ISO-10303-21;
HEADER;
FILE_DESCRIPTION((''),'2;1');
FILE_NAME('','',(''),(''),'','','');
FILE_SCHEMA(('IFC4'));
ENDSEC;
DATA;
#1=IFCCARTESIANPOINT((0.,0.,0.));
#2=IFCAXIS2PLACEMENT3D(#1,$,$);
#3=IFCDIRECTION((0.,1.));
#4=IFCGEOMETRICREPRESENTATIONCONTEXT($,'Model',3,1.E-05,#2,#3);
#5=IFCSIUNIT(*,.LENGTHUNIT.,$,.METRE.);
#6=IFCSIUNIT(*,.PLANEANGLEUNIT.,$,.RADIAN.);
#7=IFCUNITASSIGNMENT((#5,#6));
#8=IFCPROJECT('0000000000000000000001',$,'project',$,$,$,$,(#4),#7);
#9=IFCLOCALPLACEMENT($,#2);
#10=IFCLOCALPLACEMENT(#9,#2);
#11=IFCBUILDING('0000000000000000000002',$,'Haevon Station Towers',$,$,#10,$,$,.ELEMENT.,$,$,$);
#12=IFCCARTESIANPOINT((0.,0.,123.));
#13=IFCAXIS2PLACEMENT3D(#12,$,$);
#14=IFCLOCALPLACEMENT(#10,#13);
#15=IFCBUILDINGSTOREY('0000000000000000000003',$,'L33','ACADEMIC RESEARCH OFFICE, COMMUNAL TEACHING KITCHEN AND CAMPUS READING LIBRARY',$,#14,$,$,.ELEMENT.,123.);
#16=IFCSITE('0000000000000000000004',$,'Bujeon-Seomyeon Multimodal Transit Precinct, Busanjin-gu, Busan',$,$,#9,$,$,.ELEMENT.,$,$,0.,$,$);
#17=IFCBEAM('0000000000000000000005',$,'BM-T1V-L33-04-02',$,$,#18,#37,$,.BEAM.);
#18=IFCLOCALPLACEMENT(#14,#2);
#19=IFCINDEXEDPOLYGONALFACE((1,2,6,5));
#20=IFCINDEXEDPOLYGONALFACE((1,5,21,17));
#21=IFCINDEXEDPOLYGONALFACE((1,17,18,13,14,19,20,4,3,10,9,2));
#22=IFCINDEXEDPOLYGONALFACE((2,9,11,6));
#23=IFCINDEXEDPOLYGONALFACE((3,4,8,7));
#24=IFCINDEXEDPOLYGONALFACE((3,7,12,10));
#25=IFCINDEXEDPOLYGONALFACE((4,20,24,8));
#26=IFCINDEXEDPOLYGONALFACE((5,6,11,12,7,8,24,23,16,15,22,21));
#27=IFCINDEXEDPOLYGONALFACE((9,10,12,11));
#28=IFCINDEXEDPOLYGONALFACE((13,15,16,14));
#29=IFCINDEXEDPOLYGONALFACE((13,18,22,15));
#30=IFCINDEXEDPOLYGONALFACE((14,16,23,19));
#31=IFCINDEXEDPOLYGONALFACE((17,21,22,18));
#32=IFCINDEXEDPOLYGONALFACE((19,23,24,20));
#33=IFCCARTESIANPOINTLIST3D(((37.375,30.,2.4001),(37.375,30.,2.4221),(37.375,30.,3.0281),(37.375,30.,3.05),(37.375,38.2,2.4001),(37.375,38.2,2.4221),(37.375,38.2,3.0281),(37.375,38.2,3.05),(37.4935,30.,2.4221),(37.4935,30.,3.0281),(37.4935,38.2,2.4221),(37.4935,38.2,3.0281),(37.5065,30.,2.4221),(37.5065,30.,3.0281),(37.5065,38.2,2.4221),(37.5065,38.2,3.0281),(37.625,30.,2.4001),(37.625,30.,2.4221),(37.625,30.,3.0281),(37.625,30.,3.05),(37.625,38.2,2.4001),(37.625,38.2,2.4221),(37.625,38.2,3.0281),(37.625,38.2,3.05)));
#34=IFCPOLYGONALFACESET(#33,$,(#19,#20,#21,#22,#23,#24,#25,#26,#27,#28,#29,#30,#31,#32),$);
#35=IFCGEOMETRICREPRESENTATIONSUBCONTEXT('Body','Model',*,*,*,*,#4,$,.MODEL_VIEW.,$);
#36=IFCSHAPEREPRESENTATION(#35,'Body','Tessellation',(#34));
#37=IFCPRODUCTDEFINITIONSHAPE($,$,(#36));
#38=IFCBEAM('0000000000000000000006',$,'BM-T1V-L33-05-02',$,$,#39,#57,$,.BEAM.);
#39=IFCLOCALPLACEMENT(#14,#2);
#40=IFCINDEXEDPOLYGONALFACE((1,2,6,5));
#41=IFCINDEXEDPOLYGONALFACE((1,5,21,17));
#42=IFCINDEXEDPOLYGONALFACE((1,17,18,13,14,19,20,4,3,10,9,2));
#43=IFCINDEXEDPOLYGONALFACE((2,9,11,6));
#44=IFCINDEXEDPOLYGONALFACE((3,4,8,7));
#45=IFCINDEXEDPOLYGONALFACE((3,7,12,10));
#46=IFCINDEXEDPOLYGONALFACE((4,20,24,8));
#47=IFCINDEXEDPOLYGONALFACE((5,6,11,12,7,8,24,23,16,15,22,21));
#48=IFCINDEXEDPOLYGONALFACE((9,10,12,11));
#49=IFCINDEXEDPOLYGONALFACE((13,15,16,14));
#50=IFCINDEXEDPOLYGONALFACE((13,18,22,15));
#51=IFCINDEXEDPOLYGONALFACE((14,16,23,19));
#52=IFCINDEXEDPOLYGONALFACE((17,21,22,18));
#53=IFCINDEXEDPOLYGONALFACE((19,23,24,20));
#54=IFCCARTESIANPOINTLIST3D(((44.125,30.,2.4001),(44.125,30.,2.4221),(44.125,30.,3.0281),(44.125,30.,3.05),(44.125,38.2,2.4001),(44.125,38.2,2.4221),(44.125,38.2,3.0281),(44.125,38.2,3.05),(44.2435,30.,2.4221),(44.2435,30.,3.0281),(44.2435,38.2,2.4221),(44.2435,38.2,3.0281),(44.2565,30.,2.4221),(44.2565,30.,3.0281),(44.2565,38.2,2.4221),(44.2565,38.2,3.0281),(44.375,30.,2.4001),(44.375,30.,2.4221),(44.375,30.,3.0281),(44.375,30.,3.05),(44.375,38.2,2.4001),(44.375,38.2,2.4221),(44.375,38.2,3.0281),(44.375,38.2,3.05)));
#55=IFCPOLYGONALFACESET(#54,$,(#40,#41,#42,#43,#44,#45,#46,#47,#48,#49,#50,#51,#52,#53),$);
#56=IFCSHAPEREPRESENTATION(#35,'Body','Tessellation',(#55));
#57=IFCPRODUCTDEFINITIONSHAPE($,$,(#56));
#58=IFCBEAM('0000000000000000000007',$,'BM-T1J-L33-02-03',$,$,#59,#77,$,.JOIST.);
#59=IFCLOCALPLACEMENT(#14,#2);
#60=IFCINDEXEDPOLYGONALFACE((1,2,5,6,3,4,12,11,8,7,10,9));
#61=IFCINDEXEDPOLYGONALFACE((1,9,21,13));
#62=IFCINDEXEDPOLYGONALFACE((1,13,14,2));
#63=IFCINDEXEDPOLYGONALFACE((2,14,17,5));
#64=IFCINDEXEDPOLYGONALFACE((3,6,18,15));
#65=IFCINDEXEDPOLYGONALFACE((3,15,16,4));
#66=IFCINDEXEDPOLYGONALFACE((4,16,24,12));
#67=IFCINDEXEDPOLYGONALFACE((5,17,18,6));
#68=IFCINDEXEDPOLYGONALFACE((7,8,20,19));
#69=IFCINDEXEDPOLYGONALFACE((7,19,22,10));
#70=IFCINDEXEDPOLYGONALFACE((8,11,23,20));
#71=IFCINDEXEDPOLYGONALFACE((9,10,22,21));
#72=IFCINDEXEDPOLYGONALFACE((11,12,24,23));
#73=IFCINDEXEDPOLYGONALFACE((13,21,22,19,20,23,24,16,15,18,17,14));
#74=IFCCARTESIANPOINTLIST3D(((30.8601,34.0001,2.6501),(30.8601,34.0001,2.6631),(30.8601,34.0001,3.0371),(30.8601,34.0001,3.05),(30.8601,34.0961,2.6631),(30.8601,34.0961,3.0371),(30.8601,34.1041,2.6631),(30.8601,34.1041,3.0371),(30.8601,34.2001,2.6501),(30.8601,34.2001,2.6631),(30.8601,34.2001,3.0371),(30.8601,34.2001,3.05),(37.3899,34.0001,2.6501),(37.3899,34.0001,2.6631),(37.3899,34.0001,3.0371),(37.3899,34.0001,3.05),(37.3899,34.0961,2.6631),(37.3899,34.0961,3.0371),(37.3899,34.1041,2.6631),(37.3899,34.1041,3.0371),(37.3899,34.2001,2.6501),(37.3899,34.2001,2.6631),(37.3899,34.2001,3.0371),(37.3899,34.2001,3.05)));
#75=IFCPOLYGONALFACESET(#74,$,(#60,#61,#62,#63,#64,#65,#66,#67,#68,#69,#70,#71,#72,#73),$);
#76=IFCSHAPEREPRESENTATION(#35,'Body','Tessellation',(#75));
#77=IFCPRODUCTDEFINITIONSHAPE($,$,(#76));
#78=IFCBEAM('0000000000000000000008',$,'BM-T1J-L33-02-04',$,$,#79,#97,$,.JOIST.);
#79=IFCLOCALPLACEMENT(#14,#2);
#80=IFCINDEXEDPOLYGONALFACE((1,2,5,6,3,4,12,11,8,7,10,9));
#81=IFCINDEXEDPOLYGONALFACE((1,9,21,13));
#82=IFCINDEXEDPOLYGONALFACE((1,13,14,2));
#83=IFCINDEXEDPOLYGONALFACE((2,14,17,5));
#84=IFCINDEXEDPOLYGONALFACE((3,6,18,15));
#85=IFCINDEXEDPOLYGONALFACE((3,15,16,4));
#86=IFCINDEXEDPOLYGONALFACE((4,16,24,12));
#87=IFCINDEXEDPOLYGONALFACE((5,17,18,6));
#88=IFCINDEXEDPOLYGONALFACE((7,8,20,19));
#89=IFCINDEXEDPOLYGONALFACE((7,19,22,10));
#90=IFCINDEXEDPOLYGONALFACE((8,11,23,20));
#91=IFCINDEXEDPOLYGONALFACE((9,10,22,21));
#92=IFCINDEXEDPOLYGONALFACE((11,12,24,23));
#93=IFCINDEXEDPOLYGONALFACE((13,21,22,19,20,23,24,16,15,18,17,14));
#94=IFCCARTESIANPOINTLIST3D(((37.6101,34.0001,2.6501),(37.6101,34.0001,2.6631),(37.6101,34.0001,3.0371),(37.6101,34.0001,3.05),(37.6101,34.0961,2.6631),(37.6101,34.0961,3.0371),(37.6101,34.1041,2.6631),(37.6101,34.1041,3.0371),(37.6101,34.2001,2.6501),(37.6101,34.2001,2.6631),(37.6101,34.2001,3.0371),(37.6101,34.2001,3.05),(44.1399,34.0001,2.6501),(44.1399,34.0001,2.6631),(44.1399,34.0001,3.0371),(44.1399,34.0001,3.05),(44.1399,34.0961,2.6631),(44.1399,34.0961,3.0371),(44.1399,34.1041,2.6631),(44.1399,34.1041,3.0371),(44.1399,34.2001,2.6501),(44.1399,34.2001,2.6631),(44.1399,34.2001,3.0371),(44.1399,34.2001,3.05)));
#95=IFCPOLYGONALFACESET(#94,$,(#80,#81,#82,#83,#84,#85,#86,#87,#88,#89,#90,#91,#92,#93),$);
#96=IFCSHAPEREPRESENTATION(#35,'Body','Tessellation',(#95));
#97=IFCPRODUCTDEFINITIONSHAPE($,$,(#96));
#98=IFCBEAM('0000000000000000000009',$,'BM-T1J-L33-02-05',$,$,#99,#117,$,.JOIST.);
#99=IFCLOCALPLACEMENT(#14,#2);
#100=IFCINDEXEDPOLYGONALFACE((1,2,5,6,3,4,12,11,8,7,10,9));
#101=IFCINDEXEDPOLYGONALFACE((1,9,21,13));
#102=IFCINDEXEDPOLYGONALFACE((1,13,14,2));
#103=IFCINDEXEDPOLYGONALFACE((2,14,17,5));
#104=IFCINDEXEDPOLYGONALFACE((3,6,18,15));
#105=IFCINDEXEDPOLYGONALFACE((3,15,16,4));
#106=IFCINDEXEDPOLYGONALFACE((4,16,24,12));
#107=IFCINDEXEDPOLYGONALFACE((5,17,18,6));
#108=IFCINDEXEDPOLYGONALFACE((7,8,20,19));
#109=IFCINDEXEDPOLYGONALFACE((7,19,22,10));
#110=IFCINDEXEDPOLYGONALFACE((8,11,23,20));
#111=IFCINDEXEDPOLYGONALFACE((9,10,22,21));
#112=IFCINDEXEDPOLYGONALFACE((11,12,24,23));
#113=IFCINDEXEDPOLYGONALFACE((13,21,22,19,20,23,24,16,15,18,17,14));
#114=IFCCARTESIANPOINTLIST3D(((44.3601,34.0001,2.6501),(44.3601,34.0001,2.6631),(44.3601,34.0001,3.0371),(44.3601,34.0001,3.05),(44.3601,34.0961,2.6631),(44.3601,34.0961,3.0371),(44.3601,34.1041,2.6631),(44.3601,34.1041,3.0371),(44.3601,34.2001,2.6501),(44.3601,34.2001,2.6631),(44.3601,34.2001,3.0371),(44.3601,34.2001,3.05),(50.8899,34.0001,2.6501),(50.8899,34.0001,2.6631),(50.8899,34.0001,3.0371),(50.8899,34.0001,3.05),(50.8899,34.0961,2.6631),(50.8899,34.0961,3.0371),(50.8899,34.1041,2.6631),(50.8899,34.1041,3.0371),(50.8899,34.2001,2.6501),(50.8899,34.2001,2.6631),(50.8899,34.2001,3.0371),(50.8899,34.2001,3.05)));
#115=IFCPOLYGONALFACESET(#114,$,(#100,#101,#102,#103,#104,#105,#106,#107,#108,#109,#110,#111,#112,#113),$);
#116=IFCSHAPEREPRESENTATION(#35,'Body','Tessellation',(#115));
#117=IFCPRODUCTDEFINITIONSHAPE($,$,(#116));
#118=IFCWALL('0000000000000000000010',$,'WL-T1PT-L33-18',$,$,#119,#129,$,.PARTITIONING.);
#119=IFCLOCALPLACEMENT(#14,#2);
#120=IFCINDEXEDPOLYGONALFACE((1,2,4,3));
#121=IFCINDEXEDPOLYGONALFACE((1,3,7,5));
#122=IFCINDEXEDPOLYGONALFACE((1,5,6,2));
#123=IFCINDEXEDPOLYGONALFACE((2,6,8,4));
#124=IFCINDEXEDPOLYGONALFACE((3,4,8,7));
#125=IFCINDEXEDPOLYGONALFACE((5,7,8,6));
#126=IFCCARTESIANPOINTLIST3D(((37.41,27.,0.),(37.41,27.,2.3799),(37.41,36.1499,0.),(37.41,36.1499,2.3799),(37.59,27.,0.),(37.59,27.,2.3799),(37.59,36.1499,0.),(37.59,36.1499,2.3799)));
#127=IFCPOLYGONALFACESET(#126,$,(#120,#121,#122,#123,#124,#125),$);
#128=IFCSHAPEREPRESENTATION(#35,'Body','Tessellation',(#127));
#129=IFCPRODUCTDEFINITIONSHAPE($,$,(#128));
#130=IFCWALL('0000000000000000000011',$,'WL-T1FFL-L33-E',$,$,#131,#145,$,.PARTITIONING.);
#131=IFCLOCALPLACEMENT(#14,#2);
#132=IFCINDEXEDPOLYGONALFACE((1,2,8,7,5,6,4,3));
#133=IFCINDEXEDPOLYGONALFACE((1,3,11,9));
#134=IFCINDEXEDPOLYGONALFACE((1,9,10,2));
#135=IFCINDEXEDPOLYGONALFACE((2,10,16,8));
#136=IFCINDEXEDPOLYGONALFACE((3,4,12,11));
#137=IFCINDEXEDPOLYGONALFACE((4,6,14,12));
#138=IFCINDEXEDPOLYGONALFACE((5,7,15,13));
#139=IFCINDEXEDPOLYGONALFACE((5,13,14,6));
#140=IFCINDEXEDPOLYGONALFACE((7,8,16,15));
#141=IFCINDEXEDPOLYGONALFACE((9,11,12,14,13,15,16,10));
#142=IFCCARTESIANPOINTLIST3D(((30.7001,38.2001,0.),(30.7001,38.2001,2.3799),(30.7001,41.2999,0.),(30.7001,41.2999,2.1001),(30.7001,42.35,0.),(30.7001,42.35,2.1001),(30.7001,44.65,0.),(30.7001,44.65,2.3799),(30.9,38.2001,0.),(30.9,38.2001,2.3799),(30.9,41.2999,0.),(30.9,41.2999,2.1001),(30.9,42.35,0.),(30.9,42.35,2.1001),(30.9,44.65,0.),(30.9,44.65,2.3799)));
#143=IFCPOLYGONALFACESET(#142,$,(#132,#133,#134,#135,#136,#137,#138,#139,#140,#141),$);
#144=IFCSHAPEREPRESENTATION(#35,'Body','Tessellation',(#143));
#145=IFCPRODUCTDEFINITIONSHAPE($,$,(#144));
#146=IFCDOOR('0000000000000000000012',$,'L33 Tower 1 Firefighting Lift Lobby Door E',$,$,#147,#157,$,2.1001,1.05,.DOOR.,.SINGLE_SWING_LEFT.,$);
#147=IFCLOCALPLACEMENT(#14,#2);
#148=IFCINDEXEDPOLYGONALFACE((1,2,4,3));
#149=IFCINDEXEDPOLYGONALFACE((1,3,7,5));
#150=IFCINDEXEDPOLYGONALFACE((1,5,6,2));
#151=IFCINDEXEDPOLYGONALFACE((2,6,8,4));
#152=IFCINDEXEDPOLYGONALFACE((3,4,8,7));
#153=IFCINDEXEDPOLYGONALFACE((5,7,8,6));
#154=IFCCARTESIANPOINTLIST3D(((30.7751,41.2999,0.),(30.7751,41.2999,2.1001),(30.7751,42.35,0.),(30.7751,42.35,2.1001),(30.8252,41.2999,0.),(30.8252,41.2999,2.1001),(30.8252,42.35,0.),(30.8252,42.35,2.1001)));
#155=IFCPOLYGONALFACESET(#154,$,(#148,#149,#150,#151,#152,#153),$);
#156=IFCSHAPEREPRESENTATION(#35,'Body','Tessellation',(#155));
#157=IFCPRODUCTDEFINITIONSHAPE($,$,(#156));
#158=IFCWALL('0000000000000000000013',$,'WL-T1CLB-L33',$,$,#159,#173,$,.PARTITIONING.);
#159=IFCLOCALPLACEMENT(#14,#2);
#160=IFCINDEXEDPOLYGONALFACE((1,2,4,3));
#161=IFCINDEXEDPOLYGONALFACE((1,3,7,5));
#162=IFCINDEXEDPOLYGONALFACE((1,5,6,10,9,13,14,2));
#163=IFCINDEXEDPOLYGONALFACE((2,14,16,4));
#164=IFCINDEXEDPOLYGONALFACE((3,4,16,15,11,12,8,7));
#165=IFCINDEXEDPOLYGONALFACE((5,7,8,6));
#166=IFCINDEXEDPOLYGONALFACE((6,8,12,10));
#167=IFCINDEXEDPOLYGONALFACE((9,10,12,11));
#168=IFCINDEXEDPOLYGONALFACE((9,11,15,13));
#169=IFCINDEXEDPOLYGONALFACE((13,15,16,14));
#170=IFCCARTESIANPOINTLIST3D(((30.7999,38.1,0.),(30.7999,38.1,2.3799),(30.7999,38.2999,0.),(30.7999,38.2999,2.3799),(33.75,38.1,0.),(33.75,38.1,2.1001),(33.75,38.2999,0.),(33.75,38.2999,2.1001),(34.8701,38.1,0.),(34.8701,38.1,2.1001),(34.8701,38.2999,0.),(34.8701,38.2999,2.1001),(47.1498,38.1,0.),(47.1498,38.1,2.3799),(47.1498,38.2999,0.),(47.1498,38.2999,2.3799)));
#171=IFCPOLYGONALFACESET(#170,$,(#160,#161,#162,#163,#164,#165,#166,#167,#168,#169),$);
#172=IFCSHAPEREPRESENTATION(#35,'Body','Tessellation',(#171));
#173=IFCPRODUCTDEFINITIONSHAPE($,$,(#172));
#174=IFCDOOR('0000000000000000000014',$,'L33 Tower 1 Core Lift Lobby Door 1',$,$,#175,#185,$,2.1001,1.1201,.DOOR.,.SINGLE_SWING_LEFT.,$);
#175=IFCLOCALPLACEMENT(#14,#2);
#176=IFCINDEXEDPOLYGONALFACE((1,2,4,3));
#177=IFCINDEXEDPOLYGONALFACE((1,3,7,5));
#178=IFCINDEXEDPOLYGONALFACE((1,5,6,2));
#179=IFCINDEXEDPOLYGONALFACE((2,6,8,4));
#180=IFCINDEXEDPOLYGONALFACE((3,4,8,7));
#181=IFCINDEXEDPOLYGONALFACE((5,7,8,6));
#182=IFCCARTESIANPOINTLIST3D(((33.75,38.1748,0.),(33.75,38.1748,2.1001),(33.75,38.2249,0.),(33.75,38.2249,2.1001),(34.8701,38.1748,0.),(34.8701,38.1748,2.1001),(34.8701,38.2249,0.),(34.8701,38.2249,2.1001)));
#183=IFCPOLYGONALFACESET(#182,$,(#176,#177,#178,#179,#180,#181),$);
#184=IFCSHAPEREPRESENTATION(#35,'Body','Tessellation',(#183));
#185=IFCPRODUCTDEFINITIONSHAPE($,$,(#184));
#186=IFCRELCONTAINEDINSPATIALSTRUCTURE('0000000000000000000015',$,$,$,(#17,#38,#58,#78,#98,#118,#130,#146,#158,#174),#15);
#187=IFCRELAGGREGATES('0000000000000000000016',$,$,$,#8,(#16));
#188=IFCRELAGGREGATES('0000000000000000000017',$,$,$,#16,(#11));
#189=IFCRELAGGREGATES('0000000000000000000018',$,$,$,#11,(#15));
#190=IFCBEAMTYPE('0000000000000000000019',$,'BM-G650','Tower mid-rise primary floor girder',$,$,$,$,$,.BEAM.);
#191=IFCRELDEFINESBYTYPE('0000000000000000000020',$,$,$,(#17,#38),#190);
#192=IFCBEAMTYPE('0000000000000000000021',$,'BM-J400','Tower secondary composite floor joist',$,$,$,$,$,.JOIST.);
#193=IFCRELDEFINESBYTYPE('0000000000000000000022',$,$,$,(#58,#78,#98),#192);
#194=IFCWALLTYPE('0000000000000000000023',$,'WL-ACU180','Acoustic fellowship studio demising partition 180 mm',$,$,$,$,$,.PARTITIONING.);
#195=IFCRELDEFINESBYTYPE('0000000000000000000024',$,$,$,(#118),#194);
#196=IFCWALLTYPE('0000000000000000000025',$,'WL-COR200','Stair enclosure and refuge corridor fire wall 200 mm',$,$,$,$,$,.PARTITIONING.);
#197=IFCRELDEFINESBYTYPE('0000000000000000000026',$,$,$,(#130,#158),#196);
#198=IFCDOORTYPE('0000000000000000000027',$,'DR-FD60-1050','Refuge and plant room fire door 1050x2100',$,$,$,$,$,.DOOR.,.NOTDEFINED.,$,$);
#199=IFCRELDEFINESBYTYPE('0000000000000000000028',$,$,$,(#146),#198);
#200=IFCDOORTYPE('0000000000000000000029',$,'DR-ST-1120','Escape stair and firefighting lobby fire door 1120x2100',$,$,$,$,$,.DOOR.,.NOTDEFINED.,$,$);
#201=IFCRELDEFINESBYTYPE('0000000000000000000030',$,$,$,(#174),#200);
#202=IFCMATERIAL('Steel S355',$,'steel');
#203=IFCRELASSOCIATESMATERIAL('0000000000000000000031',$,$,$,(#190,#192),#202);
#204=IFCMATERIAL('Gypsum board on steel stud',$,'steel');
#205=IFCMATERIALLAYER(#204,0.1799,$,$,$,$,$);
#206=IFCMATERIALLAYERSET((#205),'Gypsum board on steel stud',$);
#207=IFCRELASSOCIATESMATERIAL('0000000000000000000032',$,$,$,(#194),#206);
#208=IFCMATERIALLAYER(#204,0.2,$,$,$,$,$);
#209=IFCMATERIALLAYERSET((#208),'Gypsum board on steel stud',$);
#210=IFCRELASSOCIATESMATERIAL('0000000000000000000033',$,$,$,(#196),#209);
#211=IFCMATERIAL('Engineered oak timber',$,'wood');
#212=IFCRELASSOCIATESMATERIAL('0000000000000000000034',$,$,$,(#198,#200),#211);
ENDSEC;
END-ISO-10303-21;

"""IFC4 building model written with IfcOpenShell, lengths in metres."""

from ifc_helpers import new_model, si_unit, direction, frame, frame_2d, origin, origin_2d, place, context, subcontext, project, spatial, rectangle, i_section, extrude, material, layer, layer_set, material_profile, profile_set, type_object, element, fill, save


model = new_model("IFC4")

# Units and contexts
model_context = context("Model", 3, precision=1e-05, world=origin(), true_north=direction((0.0, 1.0)))
body_context = subcontext(model_context, "Body", "Model", "MODEL_VIEW")
ifc_project = project(units=[si_unit("LENGTHUNIT", "METRE"), si_unit("PLANEANGLEUNIT", "RADIAN")], contexts=[model_context])

# Site, building, storey
site_placement = place(None, origin())
site = spatial("IfcSite", under=ifc_project, at=site_placement, Name="Bujeon-Seomyeon Multimodal Transit Precinct, Busanjin-gu, Busan", CompositionType="ELEMENT", RefElevation=0.0)
building_placement = place(site_placement, origin())
building = spatial("IfcBuilding", under=site, at=building_placement, Name="Haevon Station Towers", CompositionType="ELEMENT")
storey_placement = place(building_placement, frame((0.0, 0.0, 123.0)))
storey = spatial("IfcBuildingStorey", under=building, at=storey_placement, Name="L33", Description="ACADEMIC RESEARCH OFFICE, COMMUNAL TEACHING KITCHEN AND CAMPUS READING LIBRARY", CompositionType="ELEMENT", Elevation=123.0)

# Beams
ifc_material_1 = material(Name="Steel S355", Category="steel")
ifc_material_profile_1 = material_profile(ifc_material_1, i_section(OverallWidth=0.25, OverallDepth=0.6499, WebThickness=0.0129, FlangeThickness=0.022, at=origin_2d()), Name="H-650x250x13x22")
ifc_profile_set_1 = profile_set([ifc_material_profile_1], Name="Steel S355")
beam_type_1 = type_object("IfcBeamType", Name="BM-G650", Description="Tower mid-rise primary floor girder", PredefinedType="BEAM", material=ifc_profile_set_1)
for number, where, z_axis, x_axis, name in (
    (1, (37.5, 30.0, 2.7251), (0.0, 1.0, 0.0), (-1.0, 0.0, 0.0), "BM-T1V-L33-04-02"),
    (2, (44.25, 30.0, 2.7251), (0.0, 1.0, 0.0), (-1.0, 0.0, 0.0), "BM-T1V-L33-05-02"),
):
    element("IfcBeam", number, at=place(storey_placement, frame(where, z_axis=z_axis, x_axis=x_axis)), inside=storey, type_object=beam_type_1, Name=name, PredefinedType="BEAM", context=body_context, shape_type="SweptSolid", body=[
        extrude(i_section(OverallWidth=0.25, OverallDepth=0.6499, WebThickness=0.0129, FlangeThickness=0.022, at=origin_2d()), origin(), (0.0, 0.0, 1.0), 8.2),
    ])
ifc_material_profile_2 = material_profile(ifc_material_1, i_section(OverallWidth=0.2, OverallDepth=0.3999, WebThickness=0.0081, FlangeThickness=0.0129, at=origin_2d()), Name="H-400x200x8x13")
ifc_profile_set_2 = profile_set([ifc_material_profile_2], Name="Steel S355")
beam_type_2 = type_object("IfcBeamType", Name="BM-J400", Description="Tower secondary composite floor joist", PredefinedType="JOIST", material=ifc_profile_set_2)
for number, where, z_axis, x_axis, name in (
    (3, (30.8601, 34.1001, 2.8501), (1.0, 0.0, 0.0), (0.0, 1.0, 0.0), "BM-T1J-L33-02-03"),
    (4, (37.6101, 34.1001, 2.8501), (1.0, 0.0, 0.0), (0.0, 1.0, 0.0), "BM-T1J-L33-02-04"),
    (5, (44.3601, 34.1001, 2.8501), (1.0, 0.0, 0.0), (0.0, 1.0, 0.0), "BM-T1J-L33-02-05"),
):
    element("IfcBeam", number, at=place(storey_placement, frame(where, z_axis=z_axis, x_axis=x_axis)), inside=storey, type_object=beam_type_2, Name=name, PredefinedType="JOIST", context=body_context, shape_type="SweptSolid", body=[
        extrude(i_section(OverallWidth=0.2, OverallDepth=0.3999, WebThickness=0.0081, FlangeThickness=0.0129, at=origin_2d()), origin(), (0.0, 0.0, 1.0), 6.5298),
    ])

# Wall
ifc_material_2 = material(Name="Gypsum board on steel stud", Category="steel")
ifc_layer_1 = layer(ifc_material_2, 0.1799)
ifc_layer_set_1 = layer_set([ifc_layer_1], Name="Gypsum board on steel stud")
wall_type_1 = type_object("IfcWallType", Name="WL-ACU180", Description="Acoustic fellowship studio demising partition 180 mm", PredefinedType="PARTITIONING", material=ifc_layer_set_1)
wall_1_placement = place(storey_placement, frame((37.5, 27.0, 0.0), z_axis=(0.0, 0.0, 1.0), x_axis=(0.0, 1.0, 0.0)))
element("IfcWall", 6, at=wall_1_placement, inside=storey, type_object=wall_type_1, Name="WL-T1PT-L33-18", PredefinedType="PARTITIONING", context=body_context, shape_type="SweptSolid", body=[
    extrude(rectangle(XDim=9.1499, YDim=0.1799, at=frame_2d((4.575, 0.0))), origin(), (0.0, 0.0, 1.0), 2.3799),
])

# Walls, openings, doors
ifc_layer_2 = layer(ifc_material_2, 0.2)
ifc_layer_set_2 = layer_set([ifc_layer_2], Name="Gypsum board on steel stud")
wall_type_2 = type_object("IfcWallType", Name="WL-COR200", Description="Stair enclosure and refuge corridor fire wall 200 mm", PredefinedType="PARTITIONING", material=ifc_layer_set_2)
wall_2_placement = place(storey_placement, frame((30.8, 38.2, 0.0), z_axis=(0.0, 0.0, 1.0), x_axis=(0.0, 1.0, 0.0)))
wall_2 = element("IfcWall", 7, at=wall_2_placement, inside=storey, type_object=wall_type_2, Name="WL-T1FFL-L33-E", PredefinedType="PARTITIONING", context=body_context, shape_type="SweptSolid", body=[
    extrude(rectangle(XDim=6.45, YDim=0.2, at=frame_2d((3.2251, 0.0))), origin(), (0.0, 0.0, 1.0), 2.3799),
])
opening_1_placement = place(wall_2_placement, frame((3.1001, 0.0, 0.0)))
opening_1 = element("IfcOpeningElement", 8, at=opening_1_placement, cuts=wall_2, PredefinedType="OPENING", context=body_context, shape_type="SweptSolid", body=[
    extrude(rectangle(XDim=1.05, YDim=2.1001, at=frame_2d((0.5249, 1.05))), frame((0.0, 0.1099, 0.0), z_axis=(0.0, -1.0, 0.0), x_axis=(1.0, 0.0, 0.0)), (0.0, 0.0, 1.0), 0.22),
])
ifc_material_3 = material(Name="Engineered oak timber", Category="wood")
door_type_1 = type_object("IfcDoorType", Name="DR-FD60-1050", Description="Refuge and plant room fire door 1050x2100", OperationType="NOTDEFINED", PredefinedType="DOOR", material=ifc_material_3)
door_1_placement = place(opening_1_placement, origin())
door_1 = element("IfcDoor", 9, at=door_1_placement, inside=storey, type_object=door_type_1, Name="L33 Tower 1 Firefighting Lift Lobby Door E", OperationType="SINGLE_SWING_LEFT", OverallHeight=2.1001, OverallWidth=1.05, PredefinedType="DOOR", context=body_context, shape_type="SweptSolid", body=[
    extrude(rectangle(XDim=1.05, YDim=2.1001, at=frame_2d((0.5249, 1.05))), frame((0.0, 0.0249, 0.0), z_axis=(0.0, -1.0, 0.0), x_axis=(1.0, 0.0, 0.0)), (0.0, 0.0, 1.0), 0.05),
])
fill(opening_1, door_1)
wall_3_placement = place(storey_placement, frame((30.8, 38.2, 0.0), z_axis=(0.0, 0.0, 1.0), x_axis=(1.0, 0.0, 0.0)))
wall_3 = element("IfcWall", 10, at=wall_3_placement, inside=storey, type_object=wall_type_2, Name="WL-T1CLB-L33", PredefinedType="PARTITIONING", context=body_context, shape_type="SweptSolid", body=[
    extrude(rectangle(XDim=16.3499, YDim=0.2, at=frame_2d((8.1748, 0.0))), origin(), (0.0, 0.0, 1.0), 2.3799),
])
opening_2_placement = place(wall_3_placement, frame((2.95, 0.0, 0.0)))
opening_2 = element("IfcOpeningElement", 11, at=opening_2_placement, cuts=wall_3, PredefinedType="OPENING", context=body_context, shape_type="SweptSolid", body=[
    extrude(rectangle(XDim=1.1201, YDim=2.1001, at=frame_2d((0.5601, 1.05))), frame((0.0, 0.1099, 0.0), z_axis=(0.0, -1.0, 0.0), x_axis=(1.0, 0.0, 0.0)), (0.0, 0.0, 1.0), 0.22),
])
door_type_2 = type_object("IfcDoorType", Name="DR-ST-1120", Description="Escape stair and firefighting lobby fire door 1120x2100", OperationType="NOTDEFINED", PredefinedType="DOOR", material=ifc_material_3)
door_2_placement = place(opening_2_placement, origin())
door_2 = element("IfcDoor", 12, at=door_2_placement, inside=storey, type_object=door_type_2, Name="L33 Tower 1 Core Lift Lobby Door 1", OperationType="SINGLE_SWING_LEFT", OverallHeight=2.1001, OverallWidth=1.1201, PredefinedType="DOOR", context=body_context, shape_type="SweptSolid", body=[
    extrude(rectangle(XDim=1.1201, YDim=2.1001, at=frame_2d((0.5601, 1.05))), frame((0.0, 0.0249, 0.0), z_axis=(0.0, -1.0, 0.0), x_axis=(1.0, 0.0, 0.0)), (0.0, 0.0, 1.0), 0.05),
])
fill(opening_2, door_2)

save(model, "model.ifc")
